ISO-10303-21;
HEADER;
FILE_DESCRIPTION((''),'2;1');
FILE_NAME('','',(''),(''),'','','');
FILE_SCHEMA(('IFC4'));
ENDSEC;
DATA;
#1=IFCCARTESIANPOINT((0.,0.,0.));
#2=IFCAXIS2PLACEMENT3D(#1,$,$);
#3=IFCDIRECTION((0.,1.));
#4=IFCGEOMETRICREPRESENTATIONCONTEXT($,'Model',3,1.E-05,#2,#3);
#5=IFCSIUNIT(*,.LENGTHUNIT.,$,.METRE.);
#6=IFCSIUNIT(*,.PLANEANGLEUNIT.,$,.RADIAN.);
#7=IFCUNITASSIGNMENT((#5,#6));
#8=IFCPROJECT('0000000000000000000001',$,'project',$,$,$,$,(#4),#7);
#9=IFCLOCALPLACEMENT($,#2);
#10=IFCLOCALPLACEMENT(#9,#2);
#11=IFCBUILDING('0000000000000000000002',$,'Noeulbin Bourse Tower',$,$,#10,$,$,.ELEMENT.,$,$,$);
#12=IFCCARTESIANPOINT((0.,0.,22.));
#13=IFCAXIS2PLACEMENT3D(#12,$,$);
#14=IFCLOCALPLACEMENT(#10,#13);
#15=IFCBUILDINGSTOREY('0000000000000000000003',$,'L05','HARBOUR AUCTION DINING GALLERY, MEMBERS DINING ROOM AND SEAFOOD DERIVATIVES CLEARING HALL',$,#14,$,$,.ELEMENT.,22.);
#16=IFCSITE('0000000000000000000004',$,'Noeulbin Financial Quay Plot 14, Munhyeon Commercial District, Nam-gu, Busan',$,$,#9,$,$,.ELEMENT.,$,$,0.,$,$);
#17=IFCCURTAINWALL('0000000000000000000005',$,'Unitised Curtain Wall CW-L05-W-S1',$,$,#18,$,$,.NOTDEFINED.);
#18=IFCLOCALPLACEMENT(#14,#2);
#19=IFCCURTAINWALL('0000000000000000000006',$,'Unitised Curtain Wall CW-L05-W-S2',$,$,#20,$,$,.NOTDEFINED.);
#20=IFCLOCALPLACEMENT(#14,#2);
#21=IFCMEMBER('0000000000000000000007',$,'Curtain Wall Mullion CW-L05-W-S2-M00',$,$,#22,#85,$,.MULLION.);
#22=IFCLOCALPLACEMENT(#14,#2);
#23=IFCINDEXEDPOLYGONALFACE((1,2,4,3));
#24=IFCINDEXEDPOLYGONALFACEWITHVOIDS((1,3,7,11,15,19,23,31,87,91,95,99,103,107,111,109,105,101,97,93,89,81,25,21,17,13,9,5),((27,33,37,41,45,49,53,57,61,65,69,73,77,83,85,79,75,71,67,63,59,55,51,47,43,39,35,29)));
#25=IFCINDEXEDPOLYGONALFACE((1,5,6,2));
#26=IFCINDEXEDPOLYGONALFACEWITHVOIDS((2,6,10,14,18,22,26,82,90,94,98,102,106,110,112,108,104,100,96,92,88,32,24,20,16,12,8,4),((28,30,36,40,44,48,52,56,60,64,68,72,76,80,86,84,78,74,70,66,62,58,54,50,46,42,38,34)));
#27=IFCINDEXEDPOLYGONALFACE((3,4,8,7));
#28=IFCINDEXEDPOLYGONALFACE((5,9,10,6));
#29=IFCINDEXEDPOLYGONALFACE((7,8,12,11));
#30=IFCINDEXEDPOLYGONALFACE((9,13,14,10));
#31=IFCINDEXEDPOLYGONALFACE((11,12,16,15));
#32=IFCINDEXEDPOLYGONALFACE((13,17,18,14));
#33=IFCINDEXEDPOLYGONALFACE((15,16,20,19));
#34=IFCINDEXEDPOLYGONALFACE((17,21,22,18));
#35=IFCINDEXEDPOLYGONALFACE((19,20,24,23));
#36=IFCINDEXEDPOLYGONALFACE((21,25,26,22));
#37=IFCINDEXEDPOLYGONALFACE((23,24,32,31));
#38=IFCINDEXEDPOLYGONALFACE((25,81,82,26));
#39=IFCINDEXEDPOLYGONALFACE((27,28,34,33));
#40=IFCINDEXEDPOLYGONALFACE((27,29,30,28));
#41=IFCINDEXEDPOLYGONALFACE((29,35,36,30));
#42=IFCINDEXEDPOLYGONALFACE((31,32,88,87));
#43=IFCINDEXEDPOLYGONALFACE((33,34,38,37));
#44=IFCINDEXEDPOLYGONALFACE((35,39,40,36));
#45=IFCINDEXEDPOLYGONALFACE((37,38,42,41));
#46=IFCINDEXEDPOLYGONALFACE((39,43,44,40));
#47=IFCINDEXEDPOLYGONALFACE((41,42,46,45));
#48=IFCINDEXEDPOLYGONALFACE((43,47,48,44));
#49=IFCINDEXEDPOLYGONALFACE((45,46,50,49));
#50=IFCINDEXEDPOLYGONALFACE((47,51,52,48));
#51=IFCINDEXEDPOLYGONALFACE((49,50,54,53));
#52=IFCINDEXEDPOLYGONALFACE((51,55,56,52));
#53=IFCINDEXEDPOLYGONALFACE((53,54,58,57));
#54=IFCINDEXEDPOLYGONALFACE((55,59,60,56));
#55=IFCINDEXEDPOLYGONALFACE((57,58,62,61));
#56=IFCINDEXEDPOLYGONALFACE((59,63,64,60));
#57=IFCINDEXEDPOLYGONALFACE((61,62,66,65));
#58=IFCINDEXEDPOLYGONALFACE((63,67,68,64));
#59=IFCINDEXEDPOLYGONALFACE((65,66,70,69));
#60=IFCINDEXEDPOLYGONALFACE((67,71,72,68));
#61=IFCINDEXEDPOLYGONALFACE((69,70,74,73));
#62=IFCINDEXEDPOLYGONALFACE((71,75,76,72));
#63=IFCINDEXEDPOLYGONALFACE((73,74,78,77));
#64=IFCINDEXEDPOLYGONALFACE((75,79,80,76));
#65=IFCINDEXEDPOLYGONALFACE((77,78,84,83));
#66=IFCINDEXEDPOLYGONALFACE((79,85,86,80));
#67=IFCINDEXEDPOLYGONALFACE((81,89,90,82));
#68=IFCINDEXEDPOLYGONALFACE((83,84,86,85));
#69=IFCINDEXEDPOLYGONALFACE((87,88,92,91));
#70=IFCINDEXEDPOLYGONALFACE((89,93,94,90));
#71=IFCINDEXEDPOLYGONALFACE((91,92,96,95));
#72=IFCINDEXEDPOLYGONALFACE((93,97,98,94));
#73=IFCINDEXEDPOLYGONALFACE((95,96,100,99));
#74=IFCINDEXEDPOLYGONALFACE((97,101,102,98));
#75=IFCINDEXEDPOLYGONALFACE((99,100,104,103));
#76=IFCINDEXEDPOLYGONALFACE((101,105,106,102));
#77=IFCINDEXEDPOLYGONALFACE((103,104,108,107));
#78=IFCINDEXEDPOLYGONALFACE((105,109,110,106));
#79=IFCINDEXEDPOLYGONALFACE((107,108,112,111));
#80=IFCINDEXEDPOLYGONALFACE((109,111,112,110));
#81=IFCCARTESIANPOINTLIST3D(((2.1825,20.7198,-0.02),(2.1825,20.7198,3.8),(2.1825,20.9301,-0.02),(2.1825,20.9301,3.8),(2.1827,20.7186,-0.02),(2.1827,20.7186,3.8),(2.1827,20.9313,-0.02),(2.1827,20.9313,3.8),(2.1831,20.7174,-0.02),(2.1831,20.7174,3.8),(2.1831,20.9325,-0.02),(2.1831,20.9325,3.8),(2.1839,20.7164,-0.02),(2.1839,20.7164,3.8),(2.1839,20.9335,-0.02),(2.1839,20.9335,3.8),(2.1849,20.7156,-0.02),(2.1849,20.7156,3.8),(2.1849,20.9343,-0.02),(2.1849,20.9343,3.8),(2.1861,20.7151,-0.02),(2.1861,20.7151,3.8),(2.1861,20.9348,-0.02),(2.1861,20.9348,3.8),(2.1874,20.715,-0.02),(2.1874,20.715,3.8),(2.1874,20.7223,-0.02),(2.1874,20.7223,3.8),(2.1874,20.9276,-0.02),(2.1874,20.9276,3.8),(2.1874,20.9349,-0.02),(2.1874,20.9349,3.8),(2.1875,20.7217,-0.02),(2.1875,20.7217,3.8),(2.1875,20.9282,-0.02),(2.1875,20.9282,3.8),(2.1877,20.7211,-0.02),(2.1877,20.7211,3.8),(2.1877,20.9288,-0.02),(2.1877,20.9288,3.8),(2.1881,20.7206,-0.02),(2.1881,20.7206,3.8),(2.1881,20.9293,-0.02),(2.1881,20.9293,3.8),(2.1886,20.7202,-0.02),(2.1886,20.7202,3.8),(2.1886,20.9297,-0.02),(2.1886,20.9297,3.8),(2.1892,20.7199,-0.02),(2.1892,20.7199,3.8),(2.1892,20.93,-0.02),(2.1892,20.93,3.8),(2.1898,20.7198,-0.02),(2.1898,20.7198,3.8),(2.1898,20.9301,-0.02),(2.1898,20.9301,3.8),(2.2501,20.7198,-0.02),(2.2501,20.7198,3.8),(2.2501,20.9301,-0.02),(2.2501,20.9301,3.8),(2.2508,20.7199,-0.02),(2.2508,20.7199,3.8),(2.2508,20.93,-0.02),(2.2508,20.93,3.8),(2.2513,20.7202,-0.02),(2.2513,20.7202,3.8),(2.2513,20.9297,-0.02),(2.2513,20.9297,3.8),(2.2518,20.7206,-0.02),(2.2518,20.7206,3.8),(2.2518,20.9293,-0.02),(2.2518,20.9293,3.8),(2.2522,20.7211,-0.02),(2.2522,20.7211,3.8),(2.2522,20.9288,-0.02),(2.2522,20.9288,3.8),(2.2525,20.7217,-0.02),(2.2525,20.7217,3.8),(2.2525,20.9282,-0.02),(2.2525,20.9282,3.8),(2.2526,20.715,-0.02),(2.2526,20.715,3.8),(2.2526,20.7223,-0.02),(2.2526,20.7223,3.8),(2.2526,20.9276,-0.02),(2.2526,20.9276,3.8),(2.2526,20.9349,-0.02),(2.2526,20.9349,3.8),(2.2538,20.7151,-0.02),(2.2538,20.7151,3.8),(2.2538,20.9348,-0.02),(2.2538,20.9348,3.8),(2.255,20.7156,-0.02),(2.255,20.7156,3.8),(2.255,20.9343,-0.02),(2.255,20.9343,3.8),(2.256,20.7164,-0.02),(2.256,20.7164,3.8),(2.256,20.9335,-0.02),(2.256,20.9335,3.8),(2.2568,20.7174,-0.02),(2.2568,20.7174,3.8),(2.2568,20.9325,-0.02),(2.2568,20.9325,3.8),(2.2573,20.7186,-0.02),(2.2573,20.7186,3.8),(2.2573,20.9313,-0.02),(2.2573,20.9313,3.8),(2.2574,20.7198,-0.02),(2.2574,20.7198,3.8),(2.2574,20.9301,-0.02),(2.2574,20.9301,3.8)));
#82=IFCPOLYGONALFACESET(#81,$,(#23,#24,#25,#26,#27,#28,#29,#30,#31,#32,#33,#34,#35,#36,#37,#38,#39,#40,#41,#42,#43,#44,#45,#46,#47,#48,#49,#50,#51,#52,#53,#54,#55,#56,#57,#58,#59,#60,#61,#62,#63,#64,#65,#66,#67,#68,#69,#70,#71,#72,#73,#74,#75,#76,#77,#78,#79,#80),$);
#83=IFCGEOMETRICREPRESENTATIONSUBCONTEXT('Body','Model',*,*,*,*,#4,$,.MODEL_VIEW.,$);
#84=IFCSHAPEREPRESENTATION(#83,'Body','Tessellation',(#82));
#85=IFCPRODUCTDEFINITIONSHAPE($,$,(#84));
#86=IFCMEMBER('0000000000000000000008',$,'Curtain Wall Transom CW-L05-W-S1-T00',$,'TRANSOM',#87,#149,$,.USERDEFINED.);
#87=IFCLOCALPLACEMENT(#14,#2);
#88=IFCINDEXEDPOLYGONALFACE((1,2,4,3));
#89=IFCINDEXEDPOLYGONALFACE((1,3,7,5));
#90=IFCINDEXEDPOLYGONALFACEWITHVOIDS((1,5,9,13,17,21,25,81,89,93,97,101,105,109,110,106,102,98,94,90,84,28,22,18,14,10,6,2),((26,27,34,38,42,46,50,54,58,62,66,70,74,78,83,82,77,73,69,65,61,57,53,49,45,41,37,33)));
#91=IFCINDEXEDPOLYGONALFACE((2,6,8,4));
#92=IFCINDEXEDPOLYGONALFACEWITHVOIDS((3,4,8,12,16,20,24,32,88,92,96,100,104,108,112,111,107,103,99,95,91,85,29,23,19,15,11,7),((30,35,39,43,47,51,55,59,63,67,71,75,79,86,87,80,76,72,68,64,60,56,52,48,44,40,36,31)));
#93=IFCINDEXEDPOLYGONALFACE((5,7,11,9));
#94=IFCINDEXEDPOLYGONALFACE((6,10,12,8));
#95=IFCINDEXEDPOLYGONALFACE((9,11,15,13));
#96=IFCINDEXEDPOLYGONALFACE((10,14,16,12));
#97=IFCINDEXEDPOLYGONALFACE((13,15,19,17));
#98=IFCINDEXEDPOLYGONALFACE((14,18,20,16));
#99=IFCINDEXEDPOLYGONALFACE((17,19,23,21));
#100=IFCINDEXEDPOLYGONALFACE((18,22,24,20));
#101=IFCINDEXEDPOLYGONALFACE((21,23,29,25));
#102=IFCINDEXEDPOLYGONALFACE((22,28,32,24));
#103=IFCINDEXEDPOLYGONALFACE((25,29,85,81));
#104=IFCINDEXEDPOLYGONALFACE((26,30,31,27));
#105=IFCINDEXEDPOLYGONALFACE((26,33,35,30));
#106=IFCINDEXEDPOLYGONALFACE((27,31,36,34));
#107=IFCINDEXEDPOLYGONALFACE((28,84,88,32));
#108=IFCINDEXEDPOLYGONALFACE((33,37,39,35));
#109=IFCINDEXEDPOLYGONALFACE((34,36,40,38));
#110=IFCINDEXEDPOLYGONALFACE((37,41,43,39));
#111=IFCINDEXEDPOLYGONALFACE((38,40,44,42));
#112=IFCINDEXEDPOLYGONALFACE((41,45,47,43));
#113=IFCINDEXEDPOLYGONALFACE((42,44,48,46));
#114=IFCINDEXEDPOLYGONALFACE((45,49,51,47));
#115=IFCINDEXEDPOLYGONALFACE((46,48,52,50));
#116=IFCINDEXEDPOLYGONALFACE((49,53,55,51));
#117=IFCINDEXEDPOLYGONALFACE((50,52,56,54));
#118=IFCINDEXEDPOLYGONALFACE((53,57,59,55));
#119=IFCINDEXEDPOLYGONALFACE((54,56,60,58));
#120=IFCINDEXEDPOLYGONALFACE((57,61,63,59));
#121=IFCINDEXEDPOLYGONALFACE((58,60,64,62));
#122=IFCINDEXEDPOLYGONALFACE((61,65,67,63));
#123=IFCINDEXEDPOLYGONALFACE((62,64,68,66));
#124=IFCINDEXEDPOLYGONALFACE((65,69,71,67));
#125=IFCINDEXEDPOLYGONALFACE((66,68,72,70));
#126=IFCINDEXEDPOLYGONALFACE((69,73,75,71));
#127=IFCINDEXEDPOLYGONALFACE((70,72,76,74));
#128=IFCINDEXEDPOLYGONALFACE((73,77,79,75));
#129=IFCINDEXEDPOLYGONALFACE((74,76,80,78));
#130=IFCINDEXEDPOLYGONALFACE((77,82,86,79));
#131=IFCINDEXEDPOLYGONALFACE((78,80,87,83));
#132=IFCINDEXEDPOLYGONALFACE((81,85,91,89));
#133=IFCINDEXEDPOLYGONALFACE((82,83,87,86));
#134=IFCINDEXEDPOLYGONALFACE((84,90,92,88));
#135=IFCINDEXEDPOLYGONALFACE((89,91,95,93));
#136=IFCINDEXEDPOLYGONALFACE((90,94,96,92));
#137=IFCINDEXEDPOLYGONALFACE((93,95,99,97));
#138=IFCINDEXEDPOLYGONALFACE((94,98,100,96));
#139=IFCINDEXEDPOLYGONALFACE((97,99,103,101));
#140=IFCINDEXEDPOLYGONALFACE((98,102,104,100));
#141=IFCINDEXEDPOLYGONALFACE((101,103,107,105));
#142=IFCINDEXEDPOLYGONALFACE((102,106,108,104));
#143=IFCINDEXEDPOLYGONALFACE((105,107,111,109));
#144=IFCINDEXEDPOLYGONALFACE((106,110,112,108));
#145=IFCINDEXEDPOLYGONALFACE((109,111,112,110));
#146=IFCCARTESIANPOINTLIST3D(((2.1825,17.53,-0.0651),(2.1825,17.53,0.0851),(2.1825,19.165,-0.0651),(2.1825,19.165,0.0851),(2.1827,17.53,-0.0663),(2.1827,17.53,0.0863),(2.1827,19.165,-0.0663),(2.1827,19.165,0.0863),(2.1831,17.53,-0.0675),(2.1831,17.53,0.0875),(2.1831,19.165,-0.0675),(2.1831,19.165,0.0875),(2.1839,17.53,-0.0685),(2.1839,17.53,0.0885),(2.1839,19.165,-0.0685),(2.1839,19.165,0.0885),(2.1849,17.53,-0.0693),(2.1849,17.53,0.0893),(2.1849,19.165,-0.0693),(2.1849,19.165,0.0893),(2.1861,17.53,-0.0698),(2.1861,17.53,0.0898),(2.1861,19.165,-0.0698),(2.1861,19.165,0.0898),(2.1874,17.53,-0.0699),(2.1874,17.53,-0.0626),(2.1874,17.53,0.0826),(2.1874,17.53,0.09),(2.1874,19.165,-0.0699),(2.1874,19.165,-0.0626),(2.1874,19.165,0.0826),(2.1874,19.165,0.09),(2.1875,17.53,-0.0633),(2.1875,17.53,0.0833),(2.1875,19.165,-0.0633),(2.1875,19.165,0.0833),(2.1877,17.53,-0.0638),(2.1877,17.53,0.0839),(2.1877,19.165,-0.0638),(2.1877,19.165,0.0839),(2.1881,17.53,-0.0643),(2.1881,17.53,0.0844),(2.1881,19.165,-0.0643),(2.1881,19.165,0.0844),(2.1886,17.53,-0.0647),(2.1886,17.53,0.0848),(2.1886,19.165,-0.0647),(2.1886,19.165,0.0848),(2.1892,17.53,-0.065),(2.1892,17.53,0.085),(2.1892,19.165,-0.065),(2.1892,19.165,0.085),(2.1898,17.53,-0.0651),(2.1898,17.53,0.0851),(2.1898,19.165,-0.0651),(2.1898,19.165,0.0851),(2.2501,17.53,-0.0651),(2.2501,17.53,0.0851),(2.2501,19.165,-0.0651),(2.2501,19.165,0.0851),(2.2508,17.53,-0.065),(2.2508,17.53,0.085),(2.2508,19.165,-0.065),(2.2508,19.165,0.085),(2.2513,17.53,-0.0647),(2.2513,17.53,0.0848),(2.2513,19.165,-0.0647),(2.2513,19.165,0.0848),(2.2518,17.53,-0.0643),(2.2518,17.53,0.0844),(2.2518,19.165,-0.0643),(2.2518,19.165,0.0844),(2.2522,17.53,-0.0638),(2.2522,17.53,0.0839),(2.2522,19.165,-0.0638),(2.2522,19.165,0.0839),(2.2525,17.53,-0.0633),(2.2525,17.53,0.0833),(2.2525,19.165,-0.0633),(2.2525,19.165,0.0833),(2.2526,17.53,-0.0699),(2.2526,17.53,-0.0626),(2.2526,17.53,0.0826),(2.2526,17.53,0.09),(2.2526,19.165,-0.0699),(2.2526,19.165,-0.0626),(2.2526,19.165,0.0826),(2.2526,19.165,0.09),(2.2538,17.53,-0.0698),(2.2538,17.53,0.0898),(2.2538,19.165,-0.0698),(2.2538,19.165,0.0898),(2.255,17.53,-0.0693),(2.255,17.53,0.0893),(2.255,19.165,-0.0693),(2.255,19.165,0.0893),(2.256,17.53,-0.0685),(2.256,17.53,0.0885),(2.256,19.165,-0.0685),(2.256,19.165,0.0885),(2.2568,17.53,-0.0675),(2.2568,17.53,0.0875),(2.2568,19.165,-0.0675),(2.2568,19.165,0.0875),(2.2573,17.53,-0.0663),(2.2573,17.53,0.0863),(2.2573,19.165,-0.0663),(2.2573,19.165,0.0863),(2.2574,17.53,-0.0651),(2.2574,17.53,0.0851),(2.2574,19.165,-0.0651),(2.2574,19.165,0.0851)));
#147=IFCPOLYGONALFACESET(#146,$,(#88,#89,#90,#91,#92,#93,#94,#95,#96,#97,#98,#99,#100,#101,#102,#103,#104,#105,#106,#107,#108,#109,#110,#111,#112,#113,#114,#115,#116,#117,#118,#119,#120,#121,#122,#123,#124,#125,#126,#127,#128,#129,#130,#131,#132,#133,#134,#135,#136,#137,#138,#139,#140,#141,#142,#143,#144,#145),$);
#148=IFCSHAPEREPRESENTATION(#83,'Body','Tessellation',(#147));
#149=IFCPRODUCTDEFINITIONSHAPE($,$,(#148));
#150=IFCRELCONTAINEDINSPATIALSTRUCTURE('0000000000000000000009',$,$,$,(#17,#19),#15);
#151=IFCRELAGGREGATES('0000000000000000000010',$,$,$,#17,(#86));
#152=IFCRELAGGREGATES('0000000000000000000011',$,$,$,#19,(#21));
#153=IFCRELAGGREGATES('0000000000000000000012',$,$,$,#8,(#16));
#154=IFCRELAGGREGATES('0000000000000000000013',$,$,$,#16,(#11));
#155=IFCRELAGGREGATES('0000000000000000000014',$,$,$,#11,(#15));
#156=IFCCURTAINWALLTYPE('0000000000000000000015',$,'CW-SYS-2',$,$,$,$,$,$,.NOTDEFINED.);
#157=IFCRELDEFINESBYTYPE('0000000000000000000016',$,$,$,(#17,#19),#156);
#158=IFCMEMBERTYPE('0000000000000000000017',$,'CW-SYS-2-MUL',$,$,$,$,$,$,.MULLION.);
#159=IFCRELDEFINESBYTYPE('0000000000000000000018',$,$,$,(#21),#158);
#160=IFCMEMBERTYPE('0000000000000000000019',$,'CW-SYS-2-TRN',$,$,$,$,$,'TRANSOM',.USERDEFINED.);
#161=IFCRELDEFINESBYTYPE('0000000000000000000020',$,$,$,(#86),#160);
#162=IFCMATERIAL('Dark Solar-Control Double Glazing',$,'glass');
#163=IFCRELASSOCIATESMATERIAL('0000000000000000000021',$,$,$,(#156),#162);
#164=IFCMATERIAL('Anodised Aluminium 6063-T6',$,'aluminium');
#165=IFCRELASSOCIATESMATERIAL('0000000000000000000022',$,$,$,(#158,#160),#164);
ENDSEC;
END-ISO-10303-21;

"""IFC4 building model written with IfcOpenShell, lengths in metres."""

from ifc_helpers import new_model, si_unit, direction, frame, origin, origin_2d, place, context, subcontext, project, spatial, hollow_rectangle, extrude, material, material_profile, profile_set, type_object, element, aggregate, save


model = new_model("IFC4")

# Units and contexts
model_context = context("Model", 3, precision=1e-05, world=origin(), true_north=direction((0.0, 1.0)))
body_context = subcontext(model_context, "Body", "Model", "MODEL_VIEW")
ifc_project = project(units=[si_unit("LENGTHUNIT", "METRE"), si_unit("PLANEANGLEUNIT", "RADIAN")], contexts=[model_context])

# Site, building, storey
site_placement = place(None, origin())
site = spatial("IfcSite", under=ifc_project, at=site_placement, Name="Noeulbin Financial Quay Plot 14, Munhyeon Commercial District, Nam-gu, Busan", CompositionType="ELEMENT", RefElevation=0.0)
building_placement = place(site_placement, origin())
building = spatial("IfcBuilding", under=site, at=building_placement, Name="Noeulbin Bourse Tower", CompositionType="ELEMENT")
storey_placement = place(building_placement, frame((0.0, 0.0, 22.0)))
storey = spatial("IfcBuildingStorey", under=building, at=storey_placement, Name="L05", Description="HARBOUR AUCTION DINING GALLERY, MEMBERS DINING ROOM AND SEAFOOD DERIVATIVES CLEARING HALL", CompositionType="ELEMENT", Elevation=22.0)

# Curtain wall
ifc_material_1 = material(Name="Dark Solar-Control Double Glazing", Category="glass")
curtain_wall_type = type_object("IfcCurtainWallType", Name="CW-SYS-2", PredefinedType="NOTDEFINED", material=ifc_material_1)
curtain_wall_1_placement = place(storey_placement, origin())
curtain_wall_1 = element("IfcCurtainWall", 1, at=curtain_wall_1_placement, inside=storey, type_object=curtain_wall_type, Name="Unitised Curtain Wall CW-L05-W-S1", PredefinedType="NOTDEFINED")
ifc_material_2 = material(Name="Anodised Aluminium 6063-T6", Category="aluminium")
ifc_material_profile_1 = material_profile(ifc_material_2, hollow_rectangle(XDim=0.075, YDim=0.22, WallThickness=0.0049, InnerFilletRadius=0.0024, OuterFilletRadius=0.0049, at=origin_2d()), Name="ALU-MULL-75x220x5", Category="LoadBearing")
ifc_profile_set_1 = profile_set([ifc_material_profile_1], Name="Anodised Aluminium 6063-T6")
member_type_1 = type_object("IfcMemberType", Name="CW-SYS-2-MUL", PredefinedType="MULLION", material=ifc_profile_set_1)

# Curtain wall, member
curtain_wall_2_placement = place(storey_placement, origin())
curtain_wall_2 = element("IfcCurtainWall", 2, at=curtain_wall_2_placement, inside=storey, type_object=curtain_wall_type, Name="Unitised Curtain Wall CW-L05-W-S2", PredefinedType="NOTDEFINED")
member_1_placement = place(storey_placement, frame((2.22, 20.825, -0.02), z_axis=(0.0, 0.0, 1.0), x_axis=(1.0, 0.0, 0.0)))
member_1 = element("IfcMember", 3, at=member_1_placement, type_object=member_type_1, Name="Curtain Wall Mullion CW-L05-W-S2-M00", PredefinedType="MULLION", context=body_context, shape_type="SweptSolid", body=[
    extrude(hollow_rectangle(XDim=0.075, YDim=0.22, WallThickness=0.0049, InnerFilletRadius=0.0024, OuterFilletRadius=0.0049, at=origin_2d()), origin(), (0.0, 0.0, 1.0), 3.8201),
])

# Member
ifc_material_profile_2 = material_profile(ifc_material_2, hollow_rectangle(XDim=0.075, YDim=0.1599, WallThickness=0.0049, InnerFilletRadius=0.0024, OuterFilletRadius=0.0049, at=origin_2d()), Name="ALU-TRAN-75x160x5", Category="LoadBearing")
ifc_profile_set_2 = profile_set([ifc_material_profile_2], Name="Anodised Aluminium 6063-T6")
member_type_2 = type_object("IfcMemberType", Name="CW-SYS-2-TRN", ElementType="TRANSOM", PredefinedType="USERDEFINED", material=ifc_profile_set_2)
member_2_placement = place(storey_placement, frame((2.22, 17.53, 0.01), z_axis=(0.0, 1.0, 0.0), x_axis=(-1.0, 0.0, 0.0)))
member_2 = element("IfcMember", 4, at=member_2_placement, type_object=member_type_2, Name="Curtain Wall Transom CW-L05-W-S1-T00", ObjectType="TRANSOM", PredefinedType="USERDEFINED", context=body_context, shape_type="SweptSolid", body=[
    extrude(hollow_rectangle(XDim=0.075, YDim=0.1599, WallThickness=0.0049, InnerFilletRadius=0.0024, OuterFilletRadius=0.0049, at=origin_2d()), origin(), (0.0, 0.0, 1.0), 1.635),
])

aggregate(curtain_wall_1, [member_2])
aggregate(curtain_wall_2, [member_1])

save(model, "model.ifc")
